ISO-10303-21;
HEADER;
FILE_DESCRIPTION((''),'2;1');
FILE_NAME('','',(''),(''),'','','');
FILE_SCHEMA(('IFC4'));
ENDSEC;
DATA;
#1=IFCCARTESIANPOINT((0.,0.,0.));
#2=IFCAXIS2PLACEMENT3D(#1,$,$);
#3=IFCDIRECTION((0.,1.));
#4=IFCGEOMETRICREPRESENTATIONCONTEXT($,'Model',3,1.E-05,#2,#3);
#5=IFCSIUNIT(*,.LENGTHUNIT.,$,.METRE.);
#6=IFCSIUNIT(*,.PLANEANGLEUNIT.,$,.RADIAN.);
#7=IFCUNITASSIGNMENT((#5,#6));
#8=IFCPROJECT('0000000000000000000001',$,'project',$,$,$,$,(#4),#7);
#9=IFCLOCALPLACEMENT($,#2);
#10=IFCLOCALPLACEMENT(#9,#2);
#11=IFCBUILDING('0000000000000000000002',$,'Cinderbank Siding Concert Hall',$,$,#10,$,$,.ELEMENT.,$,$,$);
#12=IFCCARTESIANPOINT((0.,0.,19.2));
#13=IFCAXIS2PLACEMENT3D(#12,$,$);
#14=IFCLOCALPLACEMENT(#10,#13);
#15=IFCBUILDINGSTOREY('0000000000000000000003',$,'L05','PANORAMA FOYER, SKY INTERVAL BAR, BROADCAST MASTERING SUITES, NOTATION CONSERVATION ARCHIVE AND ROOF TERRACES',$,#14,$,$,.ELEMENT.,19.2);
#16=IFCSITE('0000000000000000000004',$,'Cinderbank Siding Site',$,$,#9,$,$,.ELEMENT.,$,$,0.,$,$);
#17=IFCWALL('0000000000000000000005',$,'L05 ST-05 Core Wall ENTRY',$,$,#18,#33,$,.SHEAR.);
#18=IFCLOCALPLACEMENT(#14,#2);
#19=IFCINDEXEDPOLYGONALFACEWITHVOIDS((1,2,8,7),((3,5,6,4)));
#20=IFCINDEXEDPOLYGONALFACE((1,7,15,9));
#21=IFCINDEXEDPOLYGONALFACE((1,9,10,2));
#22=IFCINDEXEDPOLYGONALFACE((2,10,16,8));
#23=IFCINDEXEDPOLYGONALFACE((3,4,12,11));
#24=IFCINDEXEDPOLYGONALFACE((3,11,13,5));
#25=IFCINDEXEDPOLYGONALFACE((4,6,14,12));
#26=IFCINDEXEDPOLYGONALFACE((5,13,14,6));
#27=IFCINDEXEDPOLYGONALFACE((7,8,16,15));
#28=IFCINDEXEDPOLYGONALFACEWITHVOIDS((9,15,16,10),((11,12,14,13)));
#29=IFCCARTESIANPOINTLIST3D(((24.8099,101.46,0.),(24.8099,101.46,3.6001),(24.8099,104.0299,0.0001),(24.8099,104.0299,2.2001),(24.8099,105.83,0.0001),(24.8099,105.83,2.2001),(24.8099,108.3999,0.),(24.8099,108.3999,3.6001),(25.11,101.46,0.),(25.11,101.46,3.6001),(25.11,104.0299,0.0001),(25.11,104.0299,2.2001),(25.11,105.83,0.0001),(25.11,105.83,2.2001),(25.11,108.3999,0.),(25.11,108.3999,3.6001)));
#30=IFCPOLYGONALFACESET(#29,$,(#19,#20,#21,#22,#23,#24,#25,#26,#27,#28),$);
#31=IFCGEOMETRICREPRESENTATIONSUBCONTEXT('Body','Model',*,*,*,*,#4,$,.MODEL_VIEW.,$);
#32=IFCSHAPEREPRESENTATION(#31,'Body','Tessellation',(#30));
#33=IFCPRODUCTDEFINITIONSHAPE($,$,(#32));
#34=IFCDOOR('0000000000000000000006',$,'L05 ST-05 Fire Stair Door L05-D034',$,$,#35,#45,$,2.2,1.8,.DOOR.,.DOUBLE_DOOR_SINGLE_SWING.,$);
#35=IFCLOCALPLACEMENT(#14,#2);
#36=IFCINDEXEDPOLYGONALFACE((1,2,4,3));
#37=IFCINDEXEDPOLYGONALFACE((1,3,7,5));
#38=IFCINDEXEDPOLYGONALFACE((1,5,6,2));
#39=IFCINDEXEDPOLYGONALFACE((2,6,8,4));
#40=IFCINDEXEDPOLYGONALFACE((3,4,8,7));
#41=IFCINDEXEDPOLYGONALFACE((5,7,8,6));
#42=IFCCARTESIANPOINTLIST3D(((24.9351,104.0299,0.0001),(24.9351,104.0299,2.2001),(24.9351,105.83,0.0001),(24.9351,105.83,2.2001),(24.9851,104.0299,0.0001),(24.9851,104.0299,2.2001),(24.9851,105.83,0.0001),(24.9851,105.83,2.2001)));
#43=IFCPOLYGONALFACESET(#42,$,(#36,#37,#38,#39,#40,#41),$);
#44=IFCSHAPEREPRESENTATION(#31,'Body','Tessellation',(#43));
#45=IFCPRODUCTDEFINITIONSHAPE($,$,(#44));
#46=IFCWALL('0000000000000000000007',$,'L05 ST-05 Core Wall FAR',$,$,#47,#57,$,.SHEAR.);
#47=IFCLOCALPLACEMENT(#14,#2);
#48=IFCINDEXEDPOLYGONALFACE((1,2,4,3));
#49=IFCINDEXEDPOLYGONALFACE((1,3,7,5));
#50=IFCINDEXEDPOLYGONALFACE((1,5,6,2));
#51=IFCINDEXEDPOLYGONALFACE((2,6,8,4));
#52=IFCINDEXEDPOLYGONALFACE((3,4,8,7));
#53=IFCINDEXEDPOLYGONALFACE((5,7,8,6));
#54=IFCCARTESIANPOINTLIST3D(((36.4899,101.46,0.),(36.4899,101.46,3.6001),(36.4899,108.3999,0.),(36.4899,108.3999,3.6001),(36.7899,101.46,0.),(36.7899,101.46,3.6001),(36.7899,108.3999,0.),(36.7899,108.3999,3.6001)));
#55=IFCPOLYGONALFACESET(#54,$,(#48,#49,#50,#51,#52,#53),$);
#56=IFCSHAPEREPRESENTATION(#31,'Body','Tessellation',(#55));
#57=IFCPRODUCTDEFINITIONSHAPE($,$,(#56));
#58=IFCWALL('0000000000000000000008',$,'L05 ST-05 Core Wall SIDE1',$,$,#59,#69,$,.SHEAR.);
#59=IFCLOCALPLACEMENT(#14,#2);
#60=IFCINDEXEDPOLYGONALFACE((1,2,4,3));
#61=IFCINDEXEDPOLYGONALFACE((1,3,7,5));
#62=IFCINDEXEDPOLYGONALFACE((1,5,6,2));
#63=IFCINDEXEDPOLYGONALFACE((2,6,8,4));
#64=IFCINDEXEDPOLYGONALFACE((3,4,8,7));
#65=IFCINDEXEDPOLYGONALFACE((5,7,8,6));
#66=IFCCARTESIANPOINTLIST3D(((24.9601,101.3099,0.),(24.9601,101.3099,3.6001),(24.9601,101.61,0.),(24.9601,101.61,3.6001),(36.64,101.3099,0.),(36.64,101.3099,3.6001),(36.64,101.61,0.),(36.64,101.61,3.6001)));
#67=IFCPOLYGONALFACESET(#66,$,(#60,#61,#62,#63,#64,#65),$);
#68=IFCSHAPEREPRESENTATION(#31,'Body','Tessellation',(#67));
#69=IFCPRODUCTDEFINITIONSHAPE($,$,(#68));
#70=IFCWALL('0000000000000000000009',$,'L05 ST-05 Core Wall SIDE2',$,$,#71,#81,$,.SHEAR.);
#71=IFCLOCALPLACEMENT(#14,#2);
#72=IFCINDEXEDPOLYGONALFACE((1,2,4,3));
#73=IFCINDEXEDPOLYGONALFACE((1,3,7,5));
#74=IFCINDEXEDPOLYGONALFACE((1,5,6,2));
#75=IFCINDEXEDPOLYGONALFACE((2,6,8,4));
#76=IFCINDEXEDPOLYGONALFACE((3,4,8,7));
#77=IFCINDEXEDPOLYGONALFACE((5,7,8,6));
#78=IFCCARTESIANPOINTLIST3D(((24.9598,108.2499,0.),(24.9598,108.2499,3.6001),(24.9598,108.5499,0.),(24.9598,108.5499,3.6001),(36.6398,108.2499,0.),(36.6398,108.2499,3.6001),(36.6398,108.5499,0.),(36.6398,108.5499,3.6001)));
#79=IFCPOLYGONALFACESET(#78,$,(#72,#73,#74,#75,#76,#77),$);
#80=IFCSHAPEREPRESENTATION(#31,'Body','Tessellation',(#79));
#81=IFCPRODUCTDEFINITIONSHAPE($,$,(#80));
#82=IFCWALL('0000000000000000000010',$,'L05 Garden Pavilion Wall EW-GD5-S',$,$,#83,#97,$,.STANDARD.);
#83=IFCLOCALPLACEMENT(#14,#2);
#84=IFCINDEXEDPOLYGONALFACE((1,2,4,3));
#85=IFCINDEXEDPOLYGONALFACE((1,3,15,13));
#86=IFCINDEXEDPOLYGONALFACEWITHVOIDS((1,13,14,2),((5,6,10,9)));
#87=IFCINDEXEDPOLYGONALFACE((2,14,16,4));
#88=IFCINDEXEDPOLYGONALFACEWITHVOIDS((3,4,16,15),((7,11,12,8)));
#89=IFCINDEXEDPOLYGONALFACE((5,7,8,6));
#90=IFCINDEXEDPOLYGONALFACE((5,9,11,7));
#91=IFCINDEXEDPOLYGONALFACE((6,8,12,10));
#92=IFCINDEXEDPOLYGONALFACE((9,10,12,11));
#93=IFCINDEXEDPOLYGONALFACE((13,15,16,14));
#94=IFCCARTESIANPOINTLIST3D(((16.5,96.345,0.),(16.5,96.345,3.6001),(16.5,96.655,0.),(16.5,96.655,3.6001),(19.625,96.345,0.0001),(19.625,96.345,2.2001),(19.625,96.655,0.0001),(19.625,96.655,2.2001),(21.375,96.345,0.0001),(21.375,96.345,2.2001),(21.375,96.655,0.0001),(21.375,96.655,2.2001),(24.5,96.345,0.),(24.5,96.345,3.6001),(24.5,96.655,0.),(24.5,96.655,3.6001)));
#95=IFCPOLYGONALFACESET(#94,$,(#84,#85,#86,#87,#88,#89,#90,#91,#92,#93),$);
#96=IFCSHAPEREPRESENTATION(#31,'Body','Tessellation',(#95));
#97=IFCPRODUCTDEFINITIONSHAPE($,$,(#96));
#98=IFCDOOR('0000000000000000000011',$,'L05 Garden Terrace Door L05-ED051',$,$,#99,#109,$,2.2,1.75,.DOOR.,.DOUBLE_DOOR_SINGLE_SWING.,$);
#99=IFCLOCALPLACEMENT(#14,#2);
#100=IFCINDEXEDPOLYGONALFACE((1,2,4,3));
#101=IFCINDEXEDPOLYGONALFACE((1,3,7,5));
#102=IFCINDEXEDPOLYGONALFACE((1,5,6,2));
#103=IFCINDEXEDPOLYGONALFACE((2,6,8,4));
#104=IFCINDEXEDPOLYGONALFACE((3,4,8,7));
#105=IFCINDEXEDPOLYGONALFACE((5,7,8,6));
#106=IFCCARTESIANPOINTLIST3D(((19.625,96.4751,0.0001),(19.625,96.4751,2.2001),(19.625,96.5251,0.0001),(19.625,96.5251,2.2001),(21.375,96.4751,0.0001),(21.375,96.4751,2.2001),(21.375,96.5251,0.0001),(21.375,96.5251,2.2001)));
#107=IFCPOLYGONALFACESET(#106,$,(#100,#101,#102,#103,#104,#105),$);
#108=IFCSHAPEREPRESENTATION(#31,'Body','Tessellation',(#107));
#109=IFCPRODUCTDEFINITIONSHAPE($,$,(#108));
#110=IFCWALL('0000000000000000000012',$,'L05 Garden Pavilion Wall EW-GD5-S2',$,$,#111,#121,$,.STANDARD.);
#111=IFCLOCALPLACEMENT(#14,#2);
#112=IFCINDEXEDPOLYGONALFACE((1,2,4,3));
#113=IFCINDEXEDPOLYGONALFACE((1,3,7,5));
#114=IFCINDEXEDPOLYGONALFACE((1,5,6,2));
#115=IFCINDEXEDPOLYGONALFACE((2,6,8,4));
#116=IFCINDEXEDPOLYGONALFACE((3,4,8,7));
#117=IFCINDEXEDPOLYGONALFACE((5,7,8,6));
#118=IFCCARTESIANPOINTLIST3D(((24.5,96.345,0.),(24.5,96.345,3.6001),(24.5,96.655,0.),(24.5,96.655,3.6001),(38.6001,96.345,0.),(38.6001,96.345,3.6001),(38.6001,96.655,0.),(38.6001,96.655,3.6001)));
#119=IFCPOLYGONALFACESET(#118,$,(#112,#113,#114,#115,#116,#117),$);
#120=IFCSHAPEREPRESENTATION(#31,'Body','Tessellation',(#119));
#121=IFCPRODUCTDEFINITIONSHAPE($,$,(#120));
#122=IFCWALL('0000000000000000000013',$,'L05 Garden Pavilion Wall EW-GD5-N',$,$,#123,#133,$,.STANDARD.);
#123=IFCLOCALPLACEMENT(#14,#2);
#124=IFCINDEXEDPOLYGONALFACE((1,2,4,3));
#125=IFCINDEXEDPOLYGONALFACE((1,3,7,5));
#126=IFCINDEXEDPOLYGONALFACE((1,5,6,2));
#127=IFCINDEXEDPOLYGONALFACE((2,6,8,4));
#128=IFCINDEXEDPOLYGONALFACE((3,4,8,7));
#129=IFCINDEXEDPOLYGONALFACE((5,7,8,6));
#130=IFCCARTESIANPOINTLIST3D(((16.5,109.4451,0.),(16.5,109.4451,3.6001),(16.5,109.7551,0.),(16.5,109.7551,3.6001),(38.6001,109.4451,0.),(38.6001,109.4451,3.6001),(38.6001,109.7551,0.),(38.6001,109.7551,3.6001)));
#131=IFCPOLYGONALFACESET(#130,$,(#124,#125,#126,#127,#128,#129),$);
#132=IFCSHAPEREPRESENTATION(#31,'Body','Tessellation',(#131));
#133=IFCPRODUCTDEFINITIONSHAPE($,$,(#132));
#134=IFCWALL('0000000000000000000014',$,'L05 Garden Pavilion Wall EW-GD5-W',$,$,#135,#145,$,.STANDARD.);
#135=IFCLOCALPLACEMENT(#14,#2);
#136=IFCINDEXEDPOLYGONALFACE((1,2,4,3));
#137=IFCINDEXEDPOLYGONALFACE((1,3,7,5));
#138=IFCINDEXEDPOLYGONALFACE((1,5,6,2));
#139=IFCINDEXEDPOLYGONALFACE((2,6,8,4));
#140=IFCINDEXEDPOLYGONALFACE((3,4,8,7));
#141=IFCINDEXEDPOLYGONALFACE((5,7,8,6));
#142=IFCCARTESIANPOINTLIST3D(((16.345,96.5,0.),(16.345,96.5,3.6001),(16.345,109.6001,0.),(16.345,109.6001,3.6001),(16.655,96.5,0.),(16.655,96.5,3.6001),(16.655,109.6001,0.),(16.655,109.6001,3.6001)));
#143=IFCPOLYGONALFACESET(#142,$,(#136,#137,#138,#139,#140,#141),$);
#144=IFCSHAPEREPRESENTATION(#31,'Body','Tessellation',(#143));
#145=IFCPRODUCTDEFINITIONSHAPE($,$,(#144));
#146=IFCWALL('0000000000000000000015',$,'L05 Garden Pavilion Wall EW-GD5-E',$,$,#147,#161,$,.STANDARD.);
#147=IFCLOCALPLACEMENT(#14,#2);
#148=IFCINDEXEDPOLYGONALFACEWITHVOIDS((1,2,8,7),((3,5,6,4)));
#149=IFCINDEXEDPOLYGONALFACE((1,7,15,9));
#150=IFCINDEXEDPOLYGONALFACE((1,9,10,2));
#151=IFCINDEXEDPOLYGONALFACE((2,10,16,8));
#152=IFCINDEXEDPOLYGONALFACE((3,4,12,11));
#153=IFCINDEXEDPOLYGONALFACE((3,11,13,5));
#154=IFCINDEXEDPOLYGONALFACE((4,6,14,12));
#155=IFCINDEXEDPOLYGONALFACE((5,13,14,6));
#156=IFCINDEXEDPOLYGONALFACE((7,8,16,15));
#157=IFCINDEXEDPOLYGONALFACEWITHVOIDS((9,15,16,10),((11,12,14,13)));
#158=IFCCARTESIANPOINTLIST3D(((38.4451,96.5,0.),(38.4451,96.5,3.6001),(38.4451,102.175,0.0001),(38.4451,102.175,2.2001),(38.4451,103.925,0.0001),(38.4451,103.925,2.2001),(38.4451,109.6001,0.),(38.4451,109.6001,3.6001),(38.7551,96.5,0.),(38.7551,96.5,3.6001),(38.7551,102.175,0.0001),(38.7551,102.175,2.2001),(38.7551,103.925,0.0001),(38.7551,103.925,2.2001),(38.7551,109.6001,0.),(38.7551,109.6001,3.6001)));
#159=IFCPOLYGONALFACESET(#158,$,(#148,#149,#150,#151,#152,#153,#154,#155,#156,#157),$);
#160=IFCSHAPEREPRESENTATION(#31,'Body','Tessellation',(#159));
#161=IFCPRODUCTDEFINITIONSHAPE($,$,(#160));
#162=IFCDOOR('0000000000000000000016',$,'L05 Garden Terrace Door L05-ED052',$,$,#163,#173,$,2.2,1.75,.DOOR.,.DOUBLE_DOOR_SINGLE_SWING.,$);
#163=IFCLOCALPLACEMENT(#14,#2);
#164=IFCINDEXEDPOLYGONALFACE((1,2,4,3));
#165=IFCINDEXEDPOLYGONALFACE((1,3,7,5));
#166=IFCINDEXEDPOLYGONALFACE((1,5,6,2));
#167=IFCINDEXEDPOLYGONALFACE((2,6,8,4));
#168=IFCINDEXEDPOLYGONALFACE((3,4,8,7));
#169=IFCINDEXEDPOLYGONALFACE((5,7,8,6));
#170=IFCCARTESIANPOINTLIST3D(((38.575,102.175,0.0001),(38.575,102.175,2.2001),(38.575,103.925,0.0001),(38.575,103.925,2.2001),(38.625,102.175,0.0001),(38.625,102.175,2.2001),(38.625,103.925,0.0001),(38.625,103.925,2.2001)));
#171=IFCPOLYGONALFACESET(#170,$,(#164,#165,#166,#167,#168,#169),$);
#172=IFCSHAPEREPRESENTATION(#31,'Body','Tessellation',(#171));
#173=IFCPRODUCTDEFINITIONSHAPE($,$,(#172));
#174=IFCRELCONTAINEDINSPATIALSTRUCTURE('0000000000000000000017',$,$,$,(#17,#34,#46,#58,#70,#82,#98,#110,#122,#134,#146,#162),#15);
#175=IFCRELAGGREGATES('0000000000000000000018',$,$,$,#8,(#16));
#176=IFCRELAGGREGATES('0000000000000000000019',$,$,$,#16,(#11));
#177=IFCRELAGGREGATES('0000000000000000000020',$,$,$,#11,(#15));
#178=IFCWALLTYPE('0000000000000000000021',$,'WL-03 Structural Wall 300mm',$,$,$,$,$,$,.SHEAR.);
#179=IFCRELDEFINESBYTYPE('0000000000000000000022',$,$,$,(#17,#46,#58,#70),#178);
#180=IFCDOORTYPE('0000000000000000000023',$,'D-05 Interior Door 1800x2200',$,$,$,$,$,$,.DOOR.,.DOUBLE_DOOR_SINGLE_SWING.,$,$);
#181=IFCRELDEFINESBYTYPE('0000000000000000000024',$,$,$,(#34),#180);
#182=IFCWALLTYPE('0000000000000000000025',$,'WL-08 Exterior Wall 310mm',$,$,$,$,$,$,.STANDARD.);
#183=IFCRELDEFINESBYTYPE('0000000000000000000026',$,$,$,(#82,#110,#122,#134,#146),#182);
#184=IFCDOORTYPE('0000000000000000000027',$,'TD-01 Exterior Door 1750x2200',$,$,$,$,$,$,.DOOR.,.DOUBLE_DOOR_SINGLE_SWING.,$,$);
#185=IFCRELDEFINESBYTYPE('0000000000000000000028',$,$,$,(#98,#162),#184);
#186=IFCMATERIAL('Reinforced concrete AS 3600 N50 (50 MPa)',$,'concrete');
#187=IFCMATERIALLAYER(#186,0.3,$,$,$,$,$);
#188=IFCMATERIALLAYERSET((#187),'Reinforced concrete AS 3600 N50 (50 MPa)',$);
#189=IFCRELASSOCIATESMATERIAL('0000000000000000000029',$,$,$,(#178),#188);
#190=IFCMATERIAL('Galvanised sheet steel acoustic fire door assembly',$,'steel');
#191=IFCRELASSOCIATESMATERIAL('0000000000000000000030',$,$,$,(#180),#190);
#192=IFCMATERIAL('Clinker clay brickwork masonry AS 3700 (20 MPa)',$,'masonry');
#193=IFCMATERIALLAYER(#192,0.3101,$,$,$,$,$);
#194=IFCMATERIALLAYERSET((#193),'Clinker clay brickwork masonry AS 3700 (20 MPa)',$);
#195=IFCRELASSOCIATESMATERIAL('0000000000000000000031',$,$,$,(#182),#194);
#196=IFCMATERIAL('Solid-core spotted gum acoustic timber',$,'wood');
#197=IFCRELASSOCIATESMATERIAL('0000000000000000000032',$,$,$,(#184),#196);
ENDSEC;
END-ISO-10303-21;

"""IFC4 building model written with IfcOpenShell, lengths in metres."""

from ifc_helpers import new_model, si_unit, direction, frame, frame_2d, origin, place, context, subcontext, project, spatial, rectangle, extrude, material, layer, layer_set, type_object, element, fill, save


model = new_model("IFC4")

# Units and contexts
model_context = context("Model", 3, precision=1e-05, world=origin(), true_north=direction((0.0, 1.0)))
body_context = subcontext(model_context, "Body", "Model", "MODEL_VIEW")
ifc_project = project(units=[si_unit("LENGTHUNIT", "METRE"), si_unit("PLANEANGLEUNIT", "RADIAN")], contexts=[model_context])

# Site, building, storey
site_placement = place(None, origin())
site = spatial("IfcSite", under=ifc_project, at=site_placement, Name="Cinderbank Siding Site", CompositionType="ELEMENT", RefElevation=0.0)
building_placement = place(site_placement, origin())
building = spatial("IfcBuilding", under=site, at=building_placement, Name="Cinderbank Siding Concert Hall", CompositionType="ELEMENT")
storey_placement = place(building_placement, frame((0.0, 0.0, 19.2)))
storey = spatial("IfcBuildingStorey", under=building, at=storey_placement, Name="L05", Description="PANORAMA FOYER, SKY INTERVAL BAR, BROADCAST MASTERING SUITES, NOTATION CONSERVATION ARCHIVE AND ROOF TERRACES", CompositionType="ELEMENT", Elevation=19.2)

# Wall, opening, door
ifc_material_1 = material(Name="Reinforced concrete AS 3600 N50 (50 MPa)", Category="concrete")
ifc_layer_1 = layer(ifc_material_1, 0.3)
ifc_layer_set_1 = layer_set([ifc_layer_1], Name="Reinforced concrete AS 3600 N50 (50 MPa)")
wall_type_1 = type_object("IfcWallType", Name="WL-03 Structural Wall 300mm", PredefinedType="SHEAR", material=ifc_layer_set_1)
wall_1_placement = place(storey_placement, frame((24.96, 101.46, 0.0), z_axis=(0.0, 0.0, 1.0), x_axis=(0.0, 1.0, 0.0)))
wall_1 = element("IfcWall", 1, at=wall_1_placement, inside=storey, type_object=wall_type_1, Name="L05 ST-05 Core Wall ENTRY", PredefinedType="SHEAR", context=body_context, shape_type="SweptSolid", body=[
    extrude(rectangle(XDim=6.9399, YDim=0.3, at=frame_2d((3.47, 0.0))), origin(), (0.0, 0.0, 1.0), 3.6001),
])
opening_1_placement = place(wall_1_placement, frame((2.5701, 0.0, 0.0)))
opening_1 = element("IfcOpeningElement", 2, at=opening_1_placement, cuts=wall_1, PredefinedType="OPENING", context=body_context, shape_type="SweptSolid", body=[
    extrude(rectangle(XDim=1.8, YDim=2.2, at=frame_2d((0.8999, 1.1001))), frame((0.0, 0.1621, 0.0), z_axis=(0.0, -1.0, 0.0), x_axis=(1.0, 0.0, 0.0)), (0.0, 0.0, 1.0), 0.324),
])
ifc_material_2 = material(Name="Galvanised sheet steel acoustic fire door assembly", Category="steel")
door_type_1 = type_object("IfcDoorType", Name="D-05 Interior Door 1800x2200", OperationType="DOUBLE_DOOR_SINGLE_SWING", PredefinedType="DOOR", material=ifc_material_2)
door_1_placement = place(opening_1_placement, origin())
door_1 = element("IfcDoor", 3, at=door_1_placement, inside=storey, type_object=door_type_1, Name="L05 ST-05 Fire Stair Door L05-D034", OperationType="DOUBLE_DOOR_SINGLE_SWING", OverallHeight=2.2, OverallWidth=1.8, PredefinedType="DOOR", context=body_context, shape_type="SweptSolid", body=[
    extrude(rectangle(XDim=1.8, YDim=2.2, at=frame_2d((0.8999, 1.1001))), frame((0.0, 0.0249, 0.0), z_axis=(0.0, -1.0, 0.0), x_axis=(1.0, 0.0, 0.0)), (0.0, 0.0, 1.0), 0.05),
])
fill(opening_1, door_1)

# Walls
wall_2_placement = place(storey_placement, frame((36.6399, 108.3999, 0.0), z_axis=(0.0, 0.0, 1.0), x_axis=(0.0, -1.0, 0.0)))
element("IfcWall", 4, at=wall_2_placement, inside=storey, type_object=wall_type_1, Name="L05 ST-05 Core Wall FAR", PredefinedType="SHEAR", context=body_context, shape_type="SweptSolid", body=[
    extrude(rectangle(XDim=6.9399, YDim=0.3, at=frame_2d((3.47, 0.0))), origin(), (0.0, 0.0, 1.0), 3.6001),
])
for number, where, z_axis, x_axis, name in (
    (5, (36.6399, 101.46, 0.0), (0.0, 0.0, 1.0), (-1.0, 0.0, 0.0), "L05 ST-05 Core Wall SIDE1"),
    (6, (24.96, 108.3999, 0.0), (0.0, 0.0, 1.0), (1.0, 0.0, 0.0), "L05 ST-05 Core Wall SIDE2"),
):
    element("IfcWall", number, at=place(storey_placement, frame(where, z_axis=z_axis, x_axis=x_axis)), inside=storey, type_object=wall_type_1, Name=name, PredefinedType="SHEAR", context=body_context, shape_type="SweptSolid", body=[
        extrude(rectangle(XDim=11.6799, YDim=0.3, at=frame_2d((5.8398, 0.0))), origin(), (0.0, 0.0, 1.0), 3.6001),
    ])

# Wall, opening, door
ifc_material_3 = material(Name="Clinker clay brickwork masonry AS 3700 (20 MPa)", Category="masonry")
ifc_layer_2 = layer(ifc_material_3, 0.3101)
ifc_layer_set_2 = layer_set([ifc_layer_2], Name="Clinker clay brickwork masonry AS 3700 (20 MPa)")
wall_type_2 = type_object("IfcWallType", Name="WL-08 Exterior Wall 310mm", PredefinedType="STANDARD", material=ifc_layer_set_2)
wall_3_placement = place(storey_placement, frame((24.5, 96.5, 0.0), z_axis=(0.0, 0.0, 1.0), x_axis=(-1.0, 0.0, 0.0)))
wall_3 = element("IfcWall", 7, at=wall_3_placement, inside=storey, type_object=wall_type_2, Name="L05 Garden Pavilion Wall EW-GD5-S", PredefinedType="STANDARD", context=body_context, shape_type="SweptSolid", body=[
    extrude(rectangle(XDim=8.0, YDim=0.3101, at=frame_2d((4.0, 0.0))), origin(), (0.0, 0.0, 1.0), 3.6001),
])
opening_2_placement = place(wall_3_placement, frame((3.125, 0.0, 0.0)))
opening_2 = element("IfcOpeningElement", 8, at=opening_2_placement, cuts=wall_3, PredefinedType="OPENING", context=body_context, shape_type="SweptSolid", body=[
    extrude(rectangle(XDim=1.75, YDim=2.2, at=frame_2d((0.875, 1.1001))), frame((0.0, 0.167, 0.0), z_axis=(0.0, -1.0, 0.0), x_axis=(1.0, 0.0, 0.0)), (0.0, 0.0, 1.0), 0.334),
])
ifc_material_4 = material(Name="Solid-core spotted gum acoustic timber", Category="wood")
door_type_2 = type_object("IfcDoorType", Name="TD-01 Exterior Door 1750x2200", OperationType="DOUBLE_DOOR_SINGLE_SWING", PredefinedType="DOOR", material=ifc_material_4)
door_2_placement = place(opening_2_placement, origin())
door_2 = element("IfcDoor", 9, at=door_2_placement, inside=storey, type_object=door_type_2, Name="L05 Garden Terrace Door L05-ED051", OperationType="DOUBLE_DOOR_SINGLE_SWING", OverallHeight=2.2, OverallWidth=1.75, PredefinedType="DOOR", context=body_context, shape_type="SweptSolid", body=[
    extrude(rectangle(XDim=1.75, YDim=2.2, at=frame_2d((0.875, 1.1001))), frame((0.0, 0.0249, 0.0), z_axis=(0.0, -1.0, 0.0), x_axis=(1.0, 0.0, 0.0)), (0.0, 0.0, 1.0), 0.05),
])
fill(opening_2, door_2)

# Walls
wall_4_placement = place(storey_placement, frame((38.6001, 96.5, 0.0), z_axis=(0.0, 0.0, 1.0), x_axis=(-1.0, 0.0, 0.0)))
element("IfcWall", 10, at=wall_4_placement, inside=storey, type_object=wall_type_2, Name="L05 Garden Pavilion Wall EW-GD5-S2", PredefinedType="STANDARD", context=body_context, shape_type="SweptSolid", body=[
    extrude(rectangle(XDim=14.1001, YDim=0.3101, at=frame_2d((7.05, 0.0))), origin(), (0.0, 0.0, 1.0), 3.6001),
])
wall_5_placement = place(storey_placement, frame((16.5, 109.6001, 0.0), z_axis=(0.0, 0.0, 1.0), x_axis=(1.0, 0.0, 0.0)))
element("IfcWall", 11, at=wall_5_placement, inside=storey, type_object=wall_type_2, Name="L05 Garden Pavilion Wall EW-GD5-N", PredefinedType="STANDARD", context=body_context, shape_type="SweptSolid", body=[
    extrude(rectangle(XDim=22.1001, YDim=0.3101, at=frame_2d((11.05, 0.0))), origin(), (0.0, 0.0, 1.0), 3.6001),
])
wall_6_placement = place(storey_placement, frame((16.5, 96.5, 0.0), z_axis=(0.0, 0.0, 1.0), x_axis=(0.0, 1.0, 0.0)))
element("IfcWall", 12, at=wall_6_placement, inside=storey, type_object=wall_type_2, Name="L05 Garden Pavilion Wall EW-GD5-W", PredefinedType="STANDARD", context=body_context, shape_type="SweptSolid", body=[
    extrude(rectangle(XDim=13.1001, YDim=0.3101, at=frame_2d((6.55, 0.0))), origin(), (0.0, 0.0, 1.0), 3.6001),
])

# Wall, opening, door
wall_7_placement = place(storey_placement, frame((38.6001, 109.6001, 0.0), z_axis=(0.0, 0.0, 1.0), x_axis=(0.0, -1.0, 0.0)))
wall_7 = element("IfcWall", 13, at=wall_7_placement, inside=storey, type_object=wall_type_2, Name="L05 Garden Pavilion Wall EW-GD5-E", PredefinedType="STANDARD", context=body_context, shape_type="SweptSolid", body=[
    extrude(rectangle(XDim=13.1001, YDim=0.3101, at=frame_2d((6.55, 0.0))), origin(), (0.0, 0.0, 1.0), 3.6001),
])
opening_3_placement = place(wall_7_placement, frame((5.675, 0.0, 0.0)))
opening_3 = element("IfcOpeningElement", 14, at=opening_3_placement, cuts=wall_7, PredefinedType="OPENING", context=body_context, shape_type="SweptSolid", body=[
    extrude(rectangle(XDim=1.75, YDim=2.2, at=frame_2d((0.875, 1.1001))), frame((0.0, 0.167, 0.0), z_axis=(0.0, -1.0, 0.0), x_axis=(1.0, 0.0, 0.0)), (0.0, 0.0, 1.0), 0.334),
])
door_3_placement = place(opening_3_placement, origin())
door_3 = element("IfcDoor", 15, at=door_3_placement, inside=storey, type_object=door_type_2, Name="L05 Garden Terrace Door L05-ED052", OperationType="DOUBLE_DOOR_SINGLE_SWING", OverallHeight=2.2, OverallWidth=1.75, PredefinedType="DOOR", context=body_context, shape_type="SweptSolid", body=[
    extrude(rectangle(XDim=1.75, YDim=2.2, at=frame_2d((0.875, 1.1001))), frame((0.0, 0.0249, 0.0), z_axis=(0.0, -1.0, 0.0), x_axis=(1.0, 0.0, 0.0)), (0.0, 0.0, 1.0), 0.05),
])
fill(opening_3, door_3)

save(model, "model.ifc")
